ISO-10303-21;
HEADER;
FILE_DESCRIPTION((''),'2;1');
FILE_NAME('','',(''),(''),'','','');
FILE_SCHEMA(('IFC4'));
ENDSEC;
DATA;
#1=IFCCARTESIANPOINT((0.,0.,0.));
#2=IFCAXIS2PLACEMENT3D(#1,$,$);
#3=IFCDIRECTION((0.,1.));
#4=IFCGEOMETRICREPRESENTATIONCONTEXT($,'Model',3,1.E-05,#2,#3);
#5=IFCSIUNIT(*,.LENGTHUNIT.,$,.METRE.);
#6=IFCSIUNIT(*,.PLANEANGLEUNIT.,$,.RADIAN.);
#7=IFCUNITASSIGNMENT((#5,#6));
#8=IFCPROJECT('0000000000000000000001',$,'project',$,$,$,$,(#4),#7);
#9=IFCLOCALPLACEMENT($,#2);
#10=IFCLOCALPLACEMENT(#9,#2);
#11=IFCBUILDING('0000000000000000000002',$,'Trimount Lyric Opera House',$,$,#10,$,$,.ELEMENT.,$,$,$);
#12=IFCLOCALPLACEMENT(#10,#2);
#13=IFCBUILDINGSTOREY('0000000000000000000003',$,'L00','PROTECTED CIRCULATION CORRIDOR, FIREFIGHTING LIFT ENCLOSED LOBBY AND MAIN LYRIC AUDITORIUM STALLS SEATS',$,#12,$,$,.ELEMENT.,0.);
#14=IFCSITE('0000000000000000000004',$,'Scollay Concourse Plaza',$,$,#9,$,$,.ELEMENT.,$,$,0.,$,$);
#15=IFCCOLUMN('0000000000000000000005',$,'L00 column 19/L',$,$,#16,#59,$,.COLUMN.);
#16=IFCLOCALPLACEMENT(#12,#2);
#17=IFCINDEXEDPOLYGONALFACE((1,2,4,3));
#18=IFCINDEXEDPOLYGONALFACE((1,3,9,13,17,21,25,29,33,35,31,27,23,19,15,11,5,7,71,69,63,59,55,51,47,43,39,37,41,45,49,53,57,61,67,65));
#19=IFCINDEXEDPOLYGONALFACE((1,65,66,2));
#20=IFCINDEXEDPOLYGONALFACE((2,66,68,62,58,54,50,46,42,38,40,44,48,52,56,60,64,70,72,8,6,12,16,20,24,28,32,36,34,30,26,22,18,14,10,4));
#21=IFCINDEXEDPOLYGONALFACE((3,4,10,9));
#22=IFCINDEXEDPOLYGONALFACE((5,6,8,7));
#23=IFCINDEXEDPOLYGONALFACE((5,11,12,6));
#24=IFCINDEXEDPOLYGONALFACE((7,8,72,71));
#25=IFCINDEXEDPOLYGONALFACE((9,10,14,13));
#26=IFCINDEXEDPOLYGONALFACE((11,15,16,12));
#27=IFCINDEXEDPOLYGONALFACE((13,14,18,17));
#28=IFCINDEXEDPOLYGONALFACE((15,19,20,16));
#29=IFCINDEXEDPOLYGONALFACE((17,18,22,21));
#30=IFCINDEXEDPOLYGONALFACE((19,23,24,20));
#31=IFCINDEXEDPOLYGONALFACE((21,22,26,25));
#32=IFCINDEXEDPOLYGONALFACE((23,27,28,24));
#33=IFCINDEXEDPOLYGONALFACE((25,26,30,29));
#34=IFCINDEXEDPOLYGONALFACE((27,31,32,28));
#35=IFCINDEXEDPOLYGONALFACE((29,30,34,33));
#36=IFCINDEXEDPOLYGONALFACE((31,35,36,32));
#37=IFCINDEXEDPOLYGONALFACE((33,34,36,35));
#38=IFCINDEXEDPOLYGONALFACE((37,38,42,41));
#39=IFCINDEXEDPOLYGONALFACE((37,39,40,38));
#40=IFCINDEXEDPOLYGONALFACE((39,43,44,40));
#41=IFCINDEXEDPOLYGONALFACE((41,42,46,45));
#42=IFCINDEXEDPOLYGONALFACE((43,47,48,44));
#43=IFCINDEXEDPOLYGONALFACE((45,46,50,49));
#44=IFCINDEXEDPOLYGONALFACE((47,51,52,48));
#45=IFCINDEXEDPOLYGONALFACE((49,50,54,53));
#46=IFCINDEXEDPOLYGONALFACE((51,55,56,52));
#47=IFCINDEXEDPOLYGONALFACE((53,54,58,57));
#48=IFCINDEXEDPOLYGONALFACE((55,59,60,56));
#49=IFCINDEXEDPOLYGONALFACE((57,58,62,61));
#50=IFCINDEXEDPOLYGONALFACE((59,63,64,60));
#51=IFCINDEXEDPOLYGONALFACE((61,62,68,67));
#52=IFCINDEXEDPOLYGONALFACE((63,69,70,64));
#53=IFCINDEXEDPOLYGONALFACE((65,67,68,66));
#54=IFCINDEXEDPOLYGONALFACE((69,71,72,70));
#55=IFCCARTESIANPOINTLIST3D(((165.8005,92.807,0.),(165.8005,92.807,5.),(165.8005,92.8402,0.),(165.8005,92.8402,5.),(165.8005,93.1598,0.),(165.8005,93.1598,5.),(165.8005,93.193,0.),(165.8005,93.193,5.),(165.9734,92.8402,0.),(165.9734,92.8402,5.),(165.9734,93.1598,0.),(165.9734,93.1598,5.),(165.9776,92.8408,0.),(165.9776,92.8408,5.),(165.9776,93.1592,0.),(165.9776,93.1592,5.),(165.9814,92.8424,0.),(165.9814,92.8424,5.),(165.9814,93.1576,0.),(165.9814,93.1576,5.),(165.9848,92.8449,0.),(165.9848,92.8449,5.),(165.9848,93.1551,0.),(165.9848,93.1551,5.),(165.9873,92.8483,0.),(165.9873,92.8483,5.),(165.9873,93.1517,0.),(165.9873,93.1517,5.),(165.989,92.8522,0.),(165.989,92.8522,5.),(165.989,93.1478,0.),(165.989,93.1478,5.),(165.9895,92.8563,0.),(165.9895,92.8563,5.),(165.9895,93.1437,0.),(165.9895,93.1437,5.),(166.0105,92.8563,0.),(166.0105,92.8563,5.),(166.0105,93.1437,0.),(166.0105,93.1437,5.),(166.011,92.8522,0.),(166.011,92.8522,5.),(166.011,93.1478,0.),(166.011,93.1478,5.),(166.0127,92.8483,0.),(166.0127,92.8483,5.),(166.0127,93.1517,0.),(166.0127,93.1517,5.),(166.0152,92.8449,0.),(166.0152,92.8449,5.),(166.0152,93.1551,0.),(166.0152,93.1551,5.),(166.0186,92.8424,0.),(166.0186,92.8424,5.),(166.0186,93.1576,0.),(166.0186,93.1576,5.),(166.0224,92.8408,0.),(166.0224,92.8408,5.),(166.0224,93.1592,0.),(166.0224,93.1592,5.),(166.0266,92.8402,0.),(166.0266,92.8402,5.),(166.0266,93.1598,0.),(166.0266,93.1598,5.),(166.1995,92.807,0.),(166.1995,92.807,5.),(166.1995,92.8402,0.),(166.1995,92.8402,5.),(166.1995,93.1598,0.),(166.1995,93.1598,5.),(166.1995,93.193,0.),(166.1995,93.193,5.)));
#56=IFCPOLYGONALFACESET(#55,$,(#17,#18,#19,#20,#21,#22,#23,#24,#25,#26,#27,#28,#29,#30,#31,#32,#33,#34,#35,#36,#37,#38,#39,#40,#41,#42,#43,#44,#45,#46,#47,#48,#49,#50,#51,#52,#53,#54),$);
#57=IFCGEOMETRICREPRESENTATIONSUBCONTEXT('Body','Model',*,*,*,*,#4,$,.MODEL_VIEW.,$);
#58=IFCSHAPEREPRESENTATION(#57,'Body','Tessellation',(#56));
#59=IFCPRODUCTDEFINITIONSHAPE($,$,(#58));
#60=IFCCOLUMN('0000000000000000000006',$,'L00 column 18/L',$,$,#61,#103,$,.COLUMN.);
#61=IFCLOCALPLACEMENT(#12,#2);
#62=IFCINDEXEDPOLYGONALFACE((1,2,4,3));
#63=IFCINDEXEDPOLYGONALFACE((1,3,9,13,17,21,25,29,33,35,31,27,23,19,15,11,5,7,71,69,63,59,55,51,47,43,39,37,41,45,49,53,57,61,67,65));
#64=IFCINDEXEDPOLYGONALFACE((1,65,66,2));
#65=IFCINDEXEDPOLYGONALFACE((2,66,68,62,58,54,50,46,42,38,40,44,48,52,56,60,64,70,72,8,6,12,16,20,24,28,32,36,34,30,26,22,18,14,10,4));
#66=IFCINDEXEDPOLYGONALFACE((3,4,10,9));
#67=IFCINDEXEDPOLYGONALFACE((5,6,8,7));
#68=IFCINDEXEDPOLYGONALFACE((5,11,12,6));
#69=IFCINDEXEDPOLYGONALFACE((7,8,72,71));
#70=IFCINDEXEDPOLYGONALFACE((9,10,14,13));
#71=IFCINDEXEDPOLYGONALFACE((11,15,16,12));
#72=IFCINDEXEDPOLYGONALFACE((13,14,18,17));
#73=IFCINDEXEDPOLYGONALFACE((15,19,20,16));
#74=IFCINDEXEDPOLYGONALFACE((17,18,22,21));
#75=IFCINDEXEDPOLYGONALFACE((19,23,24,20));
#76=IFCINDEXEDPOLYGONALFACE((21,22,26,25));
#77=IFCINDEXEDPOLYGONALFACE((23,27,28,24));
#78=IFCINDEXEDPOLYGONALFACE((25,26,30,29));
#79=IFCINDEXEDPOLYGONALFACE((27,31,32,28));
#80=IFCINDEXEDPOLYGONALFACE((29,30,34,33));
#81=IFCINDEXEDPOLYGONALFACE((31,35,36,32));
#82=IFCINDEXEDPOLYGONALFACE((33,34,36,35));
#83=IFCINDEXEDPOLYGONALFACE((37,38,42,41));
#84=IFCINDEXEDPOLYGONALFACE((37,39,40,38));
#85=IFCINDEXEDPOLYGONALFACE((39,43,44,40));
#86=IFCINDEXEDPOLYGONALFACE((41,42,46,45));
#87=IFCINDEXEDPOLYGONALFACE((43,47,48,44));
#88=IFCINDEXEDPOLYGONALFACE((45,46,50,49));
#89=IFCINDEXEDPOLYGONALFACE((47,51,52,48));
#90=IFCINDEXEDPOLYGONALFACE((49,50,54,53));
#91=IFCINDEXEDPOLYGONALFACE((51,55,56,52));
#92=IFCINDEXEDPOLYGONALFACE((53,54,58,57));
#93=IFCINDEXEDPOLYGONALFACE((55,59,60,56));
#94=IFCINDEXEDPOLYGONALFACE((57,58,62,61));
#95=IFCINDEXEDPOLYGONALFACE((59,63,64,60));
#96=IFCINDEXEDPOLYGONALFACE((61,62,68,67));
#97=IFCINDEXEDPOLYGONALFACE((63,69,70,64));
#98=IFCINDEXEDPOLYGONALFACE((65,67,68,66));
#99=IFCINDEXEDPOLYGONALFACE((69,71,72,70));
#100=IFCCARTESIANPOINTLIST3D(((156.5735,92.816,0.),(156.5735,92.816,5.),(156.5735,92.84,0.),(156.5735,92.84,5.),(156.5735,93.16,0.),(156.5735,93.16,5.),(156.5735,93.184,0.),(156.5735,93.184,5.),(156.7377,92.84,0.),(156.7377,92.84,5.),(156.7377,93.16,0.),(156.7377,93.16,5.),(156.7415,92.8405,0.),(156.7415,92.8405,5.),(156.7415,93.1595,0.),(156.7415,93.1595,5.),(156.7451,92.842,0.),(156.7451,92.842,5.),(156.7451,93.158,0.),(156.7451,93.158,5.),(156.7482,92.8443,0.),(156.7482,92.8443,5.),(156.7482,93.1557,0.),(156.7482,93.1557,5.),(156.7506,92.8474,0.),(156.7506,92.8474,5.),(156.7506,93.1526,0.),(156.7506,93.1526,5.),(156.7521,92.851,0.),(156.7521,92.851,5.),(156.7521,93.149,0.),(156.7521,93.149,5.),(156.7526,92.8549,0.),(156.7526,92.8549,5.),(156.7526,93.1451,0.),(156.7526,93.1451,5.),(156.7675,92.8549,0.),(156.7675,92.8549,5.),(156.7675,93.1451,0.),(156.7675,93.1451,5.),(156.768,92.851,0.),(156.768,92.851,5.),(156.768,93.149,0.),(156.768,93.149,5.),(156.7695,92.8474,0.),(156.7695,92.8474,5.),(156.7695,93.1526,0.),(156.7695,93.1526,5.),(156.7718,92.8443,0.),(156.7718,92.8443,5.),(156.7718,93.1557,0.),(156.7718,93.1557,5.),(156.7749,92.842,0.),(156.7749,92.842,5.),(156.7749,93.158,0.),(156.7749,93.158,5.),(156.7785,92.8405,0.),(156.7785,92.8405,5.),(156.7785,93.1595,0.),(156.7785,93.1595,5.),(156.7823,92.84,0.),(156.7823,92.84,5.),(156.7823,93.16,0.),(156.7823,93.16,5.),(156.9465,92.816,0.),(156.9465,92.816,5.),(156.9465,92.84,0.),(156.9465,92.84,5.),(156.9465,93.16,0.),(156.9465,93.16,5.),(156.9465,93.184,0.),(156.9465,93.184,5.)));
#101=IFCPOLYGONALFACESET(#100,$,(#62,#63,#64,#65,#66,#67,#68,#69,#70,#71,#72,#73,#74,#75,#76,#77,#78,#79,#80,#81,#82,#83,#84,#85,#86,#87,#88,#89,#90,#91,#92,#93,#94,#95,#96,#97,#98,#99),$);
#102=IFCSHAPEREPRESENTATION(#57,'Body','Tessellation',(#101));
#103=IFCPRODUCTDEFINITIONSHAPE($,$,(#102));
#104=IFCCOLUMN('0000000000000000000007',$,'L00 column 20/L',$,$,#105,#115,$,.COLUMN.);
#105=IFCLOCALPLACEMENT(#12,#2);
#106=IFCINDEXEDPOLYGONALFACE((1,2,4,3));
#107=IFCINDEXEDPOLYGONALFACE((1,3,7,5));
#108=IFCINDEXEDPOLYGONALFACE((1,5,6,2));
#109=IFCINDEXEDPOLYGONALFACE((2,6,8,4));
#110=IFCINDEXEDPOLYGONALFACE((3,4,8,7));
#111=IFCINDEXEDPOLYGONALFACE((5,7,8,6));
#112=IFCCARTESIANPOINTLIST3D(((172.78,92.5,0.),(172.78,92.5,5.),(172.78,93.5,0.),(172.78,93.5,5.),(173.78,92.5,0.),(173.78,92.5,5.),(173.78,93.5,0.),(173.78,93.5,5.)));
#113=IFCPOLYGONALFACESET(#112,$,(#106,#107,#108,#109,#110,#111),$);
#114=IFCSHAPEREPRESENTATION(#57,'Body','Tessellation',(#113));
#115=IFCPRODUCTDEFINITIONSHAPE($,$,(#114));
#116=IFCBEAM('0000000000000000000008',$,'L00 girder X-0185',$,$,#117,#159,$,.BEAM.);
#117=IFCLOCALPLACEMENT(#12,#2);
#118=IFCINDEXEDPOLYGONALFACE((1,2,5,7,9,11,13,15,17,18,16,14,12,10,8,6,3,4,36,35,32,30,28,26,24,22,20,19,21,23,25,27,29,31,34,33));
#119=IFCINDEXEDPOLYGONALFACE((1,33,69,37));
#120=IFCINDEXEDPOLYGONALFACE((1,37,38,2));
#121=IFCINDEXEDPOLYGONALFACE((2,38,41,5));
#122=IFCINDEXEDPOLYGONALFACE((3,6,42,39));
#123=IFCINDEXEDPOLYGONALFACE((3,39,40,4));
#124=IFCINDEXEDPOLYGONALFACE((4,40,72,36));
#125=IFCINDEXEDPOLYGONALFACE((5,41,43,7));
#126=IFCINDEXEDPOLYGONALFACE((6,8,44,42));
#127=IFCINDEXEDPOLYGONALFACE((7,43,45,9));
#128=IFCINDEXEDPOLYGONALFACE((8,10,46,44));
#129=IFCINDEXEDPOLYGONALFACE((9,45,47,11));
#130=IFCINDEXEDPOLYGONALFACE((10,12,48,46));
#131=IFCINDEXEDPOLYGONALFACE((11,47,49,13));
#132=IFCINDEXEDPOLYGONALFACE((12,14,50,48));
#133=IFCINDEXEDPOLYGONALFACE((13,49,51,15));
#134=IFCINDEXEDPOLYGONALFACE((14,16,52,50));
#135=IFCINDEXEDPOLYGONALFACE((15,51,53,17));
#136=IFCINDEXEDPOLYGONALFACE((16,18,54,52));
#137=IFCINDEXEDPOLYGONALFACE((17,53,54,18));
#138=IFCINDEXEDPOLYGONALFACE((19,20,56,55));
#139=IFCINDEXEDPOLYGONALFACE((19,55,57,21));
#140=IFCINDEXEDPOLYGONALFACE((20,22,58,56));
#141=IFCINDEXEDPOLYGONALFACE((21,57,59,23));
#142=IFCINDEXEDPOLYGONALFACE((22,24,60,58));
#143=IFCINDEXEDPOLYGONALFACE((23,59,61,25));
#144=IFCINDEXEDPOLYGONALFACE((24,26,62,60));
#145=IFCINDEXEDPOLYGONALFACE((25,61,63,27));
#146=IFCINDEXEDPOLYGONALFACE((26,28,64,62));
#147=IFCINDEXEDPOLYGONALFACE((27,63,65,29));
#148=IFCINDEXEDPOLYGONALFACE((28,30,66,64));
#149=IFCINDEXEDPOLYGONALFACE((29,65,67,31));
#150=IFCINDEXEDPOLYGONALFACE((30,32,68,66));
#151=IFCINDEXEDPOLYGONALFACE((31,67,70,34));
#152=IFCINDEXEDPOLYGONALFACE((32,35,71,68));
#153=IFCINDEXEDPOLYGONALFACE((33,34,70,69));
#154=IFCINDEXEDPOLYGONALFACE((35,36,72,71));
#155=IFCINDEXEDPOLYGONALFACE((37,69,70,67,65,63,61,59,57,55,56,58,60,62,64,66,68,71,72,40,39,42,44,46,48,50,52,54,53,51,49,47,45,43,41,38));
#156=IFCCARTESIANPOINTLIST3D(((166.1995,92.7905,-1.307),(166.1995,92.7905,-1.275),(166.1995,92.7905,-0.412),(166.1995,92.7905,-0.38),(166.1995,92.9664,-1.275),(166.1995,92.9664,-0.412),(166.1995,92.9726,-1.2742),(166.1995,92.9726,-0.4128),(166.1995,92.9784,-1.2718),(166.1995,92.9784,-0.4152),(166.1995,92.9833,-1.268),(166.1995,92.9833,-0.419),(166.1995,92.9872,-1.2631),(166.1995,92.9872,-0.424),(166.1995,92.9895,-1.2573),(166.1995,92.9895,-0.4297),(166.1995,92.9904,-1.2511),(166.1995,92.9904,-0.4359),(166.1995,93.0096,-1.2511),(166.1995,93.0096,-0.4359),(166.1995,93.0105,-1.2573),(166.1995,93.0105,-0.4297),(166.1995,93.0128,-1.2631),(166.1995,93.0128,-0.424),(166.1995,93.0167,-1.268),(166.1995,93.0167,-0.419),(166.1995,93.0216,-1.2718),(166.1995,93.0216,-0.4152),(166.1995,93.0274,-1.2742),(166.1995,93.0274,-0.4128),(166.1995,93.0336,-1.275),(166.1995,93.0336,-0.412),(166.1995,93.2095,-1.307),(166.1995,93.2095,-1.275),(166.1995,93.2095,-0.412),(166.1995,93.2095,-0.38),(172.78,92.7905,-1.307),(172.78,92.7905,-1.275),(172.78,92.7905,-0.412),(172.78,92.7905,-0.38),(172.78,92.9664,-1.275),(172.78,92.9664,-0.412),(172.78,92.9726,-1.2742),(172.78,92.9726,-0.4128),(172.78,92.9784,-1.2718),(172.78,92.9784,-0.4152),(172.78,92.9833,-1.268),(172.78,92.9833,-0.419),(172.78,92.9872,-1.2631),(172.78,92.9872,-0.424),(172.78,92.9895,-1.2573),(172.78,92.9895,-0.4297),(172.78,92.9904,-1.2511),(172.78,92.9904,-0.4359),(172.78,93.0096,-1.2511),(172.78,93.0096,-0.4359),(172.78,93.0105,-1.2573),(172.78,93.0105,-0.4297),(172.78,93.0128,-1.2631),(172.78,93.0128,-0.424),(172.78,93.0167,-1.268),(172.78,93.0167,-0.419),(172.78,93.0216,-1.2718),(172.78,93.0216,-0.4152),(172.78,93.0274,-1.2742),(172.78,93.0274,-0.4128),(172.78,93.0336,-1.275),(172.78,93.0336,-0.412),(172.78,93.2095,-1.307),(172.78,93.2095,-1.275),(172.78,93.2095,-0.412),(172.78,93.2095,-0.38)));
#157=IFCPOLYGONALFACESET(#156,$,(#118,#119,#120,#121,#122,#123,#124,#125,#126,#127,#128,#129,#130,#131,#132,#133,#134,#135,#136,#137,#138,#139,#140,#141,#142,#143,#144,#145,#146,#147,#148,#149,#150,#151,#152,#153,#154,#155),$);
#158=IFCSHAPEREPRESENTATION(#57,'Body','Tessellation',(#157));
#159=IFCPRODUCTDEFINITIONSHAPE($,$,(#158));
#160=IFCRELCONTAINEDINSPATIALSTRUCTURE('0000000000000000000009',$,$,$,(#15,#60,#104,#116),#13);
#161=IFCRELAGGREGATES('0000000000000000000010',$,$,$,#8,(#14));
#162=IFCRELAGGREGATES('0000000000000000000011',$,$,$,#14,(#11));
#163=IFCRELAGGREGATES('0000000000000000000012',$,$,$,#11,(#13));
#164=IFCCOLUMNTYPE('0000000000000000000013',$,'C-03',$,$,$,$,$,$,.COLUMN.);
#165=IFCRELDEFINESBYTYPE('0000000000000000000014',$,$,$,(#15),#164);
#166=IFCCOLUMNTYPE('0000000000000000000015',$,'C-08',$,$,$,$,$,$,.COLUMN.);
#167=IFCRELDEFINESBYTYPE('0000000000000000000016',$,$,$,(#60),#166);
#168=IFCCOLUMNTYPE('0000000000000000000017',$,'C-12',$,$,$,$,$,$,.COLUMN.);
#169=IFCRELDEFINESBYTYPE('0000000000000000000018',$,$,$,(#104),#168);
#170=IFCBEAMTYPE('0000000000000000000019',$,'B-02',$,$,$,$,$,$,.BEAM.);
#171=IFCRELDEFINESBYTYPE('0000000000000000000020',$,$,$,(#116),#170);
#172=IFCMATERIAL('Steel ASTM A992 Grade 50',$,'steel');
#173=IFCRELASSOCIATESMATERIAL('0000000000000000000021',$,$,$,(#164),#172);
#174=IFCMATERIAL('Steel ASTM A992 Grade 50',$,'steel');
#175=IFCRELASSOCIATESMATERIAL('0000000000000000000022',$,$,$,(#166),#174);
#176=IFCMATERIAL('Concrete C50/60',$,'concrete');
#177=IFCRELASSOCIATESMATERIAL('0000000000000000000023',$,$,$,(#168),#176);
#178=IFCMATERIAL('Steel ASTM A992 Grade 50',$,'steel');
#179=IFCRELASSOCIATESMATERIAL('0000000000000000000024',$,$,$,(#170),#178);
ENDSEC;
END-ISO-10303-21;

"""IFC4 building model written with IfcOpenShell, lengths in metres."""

from ifc_helpers import new_model, si_unit, direction, frame, origin, origin_2d, place, context, subcontext, project, spatial, rectangle, i_section, extrude, material, material_profile, profile_set, type_object, element, save


model = new_model("IFC4")

# Units and contexts
model_context = context("Model", 3, precision=1e-05, world=origin(), true_north=direction((0.0, 1.0)))
body_context = subcontext(model_context, "Body", "Model", "MODEL_VIEW")
ifc_project = project(units=[si_unit("LENGTHUNIT", "METRE"), si_unit("PLANEANGLEUNIT", "RADIAN")], contexts=[model_context])

# Site, building, storey
site_placement = place(None, origin())
site = spatial("IfcSite", under=ifc_project, at=site_placement, Name="Scollay Concourse Plaza", CompositionType="ELEMENT", RefElevation=0.0)
building_placement = place(site_placement, origin())
building = spatial("IfcBuilding", under=site, at=building_placement, Name="Trimount Lyric Opera House", CompositionType="ELEMENT")
storey_placement = place(building_placement, origin())
storey = spatial("IfcBuildingStorey", under=building, at=storey_placement, Name="L00", Description="PROTECTED CIRCULATION CORRIDOR, FIREFIGHTING LIFT ENCLOSED LOBBY AND MAIN LYRIC AUDITORIUM STALLS SEATS", CompositionType="ELEMENT", Elevation=0.0)

# Columns
ifc_material_1 = material(Name="Steel ASTM A992 Grade 50", Category="steel")
ifc_material_profile_1 = material_profile(ifc_material_1, i_section(OverallWidth=0.3989, OverallDepth=0.386, WebThickness=0.021, FlangeThickness=0.0332, FilletRadius=0.0161, at=origin_2d()), Name="W14X176")
ifc_profile_set_1 = profile_set([ifc_material_profile_1], Name="Steel ASTM A992 Grade 50")
column_type_1 = type_object("IfcColumnType", Name="C-03", PredefinedType="COLUMN", material=ifc_profile_set_1)
column_1_placement = place(storey_placement, frame((166.0, 93.0, 0.0), z_axis=(0.0, 0.0, 1.0), x_axis=(1.0, 0.0, 0.0)))
element("IfcColumn", 1, at=column_1_placement, inside=storey, type_object=column_type_1, Name="L00 column 19/L", PredefinedType="COLUMN", context=body_context, shape_type="SweptSolid", body=[
    extrude(i_section(OverallWidth=0.3989, OverallDepth=0.386, WebThickness=0.021, FlangeThickness=0.0332, FilletRadius=0.0161, at=origin_2d()), origin(), (0.0, 0.0, 1.0), 5.0),
])
ifc_material_2 = material(Name="Steel ASTM A992 Grade 50", Category="steel")
ifc_material_profile_2 = material_profile(ifc_material_2, i_section(OverallWidth=0.373, OverallDepth=0.3679, WebThickness=0.0149, FlangeThickness=0.0239, FilletRadius=0.0149, at=origin_2d()), Name="W14X120")
ifc_profile_set_2 = profile_set([ifc_material_profile_2], Name="Steel ASTM A992 Grade 50")
column_type_2 = type_object("IfcColumnType", Name="C-08", PredefinedType="COLUMN", material=ifc_profile_set_2)
column_2_placement = place(storey_placement, frame((156.76, 93.0, 0.0), z_axis=(0.0, 0.0, 1.0), x_axis=(1.0, 0.0, 0.0)))
element("IfcColumn", 2, at=column_2_placement, inside=storey, type_object=column_type_2, Name="L00 column 18/L", PredefinedType="COLUMN", context=body_context, shape_type="SweptSolid", body=[
    extrude(i_section(OverallWidth=0.373, OverallDepth=0.3679, WebThickness=0.0149, FlangeThickness=0.0239, FilletRadius=0.0149, at=origin_2d()), origin(), (0.0, 0.0, 1.0), 5.0),
])
ifc_material_3 = material(Name="Concrete C50/60", Category="concrete")
ifc_material_profile_3 = material_profile(ifc_material_3, rectangle(XDim=1.0, YDim=1.0, at=origin_2d()), Name="RC1000X1000")
ifc_profile_set_3 = profile_set([ifc_material_profile_3], Name="Concrete C50/60")
column_type_3 = type_object("IfcColumnType", Name="C-12", PredefinedType="COLUMN", material=ifc_profile_set_3)
column_3_placement = place(storey_placement, frame((173.28, 93.0, 0.0), z_axis=(0.0, 0.0, 1.0), x_axis=(1.0, 0.0, 0.0)))
element("IfcColumn", 3, at=column_3_placement, inside=storey, type_object=column_type_3, Name="L00 column 20/L", PredefinedType="COLUMN", context=body_context, shape_type="SweptSolid", body=[
    extrude(rectangle(XDim=1.0, YDim=1.0, at=origin_2d()), origin(), (0.0, 0.0, 1.0), 5.0),
])

# Beam
ifc_material_4 = material(Name="Steel ASTM A992 Grade 50", Category="steel")
ifc_material_profile_4 = material_profile(ifc_material_4, i_section(OverallWidth=0.4189, OverallDepth=0.927, WebThickness=0.0193, FlangeThickness=0.032, FilletRadius=0.0239, at=origin_2d()), Name="W36X231")
ifc_profile_set_4 = profile_set([ifc_material_profile_4], Name="Steel ASTM A992 Grade 50")
beam_type_1 = type_object("IfcBeamType", Name="B-02", PredefinedType="BEAM", material=ifc_profile_set_4)
beam_1_placement = place(storey_placement, frame((166.1995, 93.0, -0.8435), z_axis=(1.0, 0.0, 0.0), x_axis=(0.0, 1.0, 0.0)))
element("IfcBeam", 4, at=beam_1_placement, inside=storey, type_object=beam_type_1, Name="L00 girder X-0185", PredefinedType="BEAM", context=body_context, shape_type="SweptSolid", body=[
    extrude(i_section(OverallWidth=0.4189, OverallDepth=0.927, WebThickness=0.0193, FlangeThickness=0.032, FilletRadius=0.0239, at=origin_2d()), origin(), (0.0, 0.0, 1.0), 6.5806),
])

save(model, "model.ifc")
